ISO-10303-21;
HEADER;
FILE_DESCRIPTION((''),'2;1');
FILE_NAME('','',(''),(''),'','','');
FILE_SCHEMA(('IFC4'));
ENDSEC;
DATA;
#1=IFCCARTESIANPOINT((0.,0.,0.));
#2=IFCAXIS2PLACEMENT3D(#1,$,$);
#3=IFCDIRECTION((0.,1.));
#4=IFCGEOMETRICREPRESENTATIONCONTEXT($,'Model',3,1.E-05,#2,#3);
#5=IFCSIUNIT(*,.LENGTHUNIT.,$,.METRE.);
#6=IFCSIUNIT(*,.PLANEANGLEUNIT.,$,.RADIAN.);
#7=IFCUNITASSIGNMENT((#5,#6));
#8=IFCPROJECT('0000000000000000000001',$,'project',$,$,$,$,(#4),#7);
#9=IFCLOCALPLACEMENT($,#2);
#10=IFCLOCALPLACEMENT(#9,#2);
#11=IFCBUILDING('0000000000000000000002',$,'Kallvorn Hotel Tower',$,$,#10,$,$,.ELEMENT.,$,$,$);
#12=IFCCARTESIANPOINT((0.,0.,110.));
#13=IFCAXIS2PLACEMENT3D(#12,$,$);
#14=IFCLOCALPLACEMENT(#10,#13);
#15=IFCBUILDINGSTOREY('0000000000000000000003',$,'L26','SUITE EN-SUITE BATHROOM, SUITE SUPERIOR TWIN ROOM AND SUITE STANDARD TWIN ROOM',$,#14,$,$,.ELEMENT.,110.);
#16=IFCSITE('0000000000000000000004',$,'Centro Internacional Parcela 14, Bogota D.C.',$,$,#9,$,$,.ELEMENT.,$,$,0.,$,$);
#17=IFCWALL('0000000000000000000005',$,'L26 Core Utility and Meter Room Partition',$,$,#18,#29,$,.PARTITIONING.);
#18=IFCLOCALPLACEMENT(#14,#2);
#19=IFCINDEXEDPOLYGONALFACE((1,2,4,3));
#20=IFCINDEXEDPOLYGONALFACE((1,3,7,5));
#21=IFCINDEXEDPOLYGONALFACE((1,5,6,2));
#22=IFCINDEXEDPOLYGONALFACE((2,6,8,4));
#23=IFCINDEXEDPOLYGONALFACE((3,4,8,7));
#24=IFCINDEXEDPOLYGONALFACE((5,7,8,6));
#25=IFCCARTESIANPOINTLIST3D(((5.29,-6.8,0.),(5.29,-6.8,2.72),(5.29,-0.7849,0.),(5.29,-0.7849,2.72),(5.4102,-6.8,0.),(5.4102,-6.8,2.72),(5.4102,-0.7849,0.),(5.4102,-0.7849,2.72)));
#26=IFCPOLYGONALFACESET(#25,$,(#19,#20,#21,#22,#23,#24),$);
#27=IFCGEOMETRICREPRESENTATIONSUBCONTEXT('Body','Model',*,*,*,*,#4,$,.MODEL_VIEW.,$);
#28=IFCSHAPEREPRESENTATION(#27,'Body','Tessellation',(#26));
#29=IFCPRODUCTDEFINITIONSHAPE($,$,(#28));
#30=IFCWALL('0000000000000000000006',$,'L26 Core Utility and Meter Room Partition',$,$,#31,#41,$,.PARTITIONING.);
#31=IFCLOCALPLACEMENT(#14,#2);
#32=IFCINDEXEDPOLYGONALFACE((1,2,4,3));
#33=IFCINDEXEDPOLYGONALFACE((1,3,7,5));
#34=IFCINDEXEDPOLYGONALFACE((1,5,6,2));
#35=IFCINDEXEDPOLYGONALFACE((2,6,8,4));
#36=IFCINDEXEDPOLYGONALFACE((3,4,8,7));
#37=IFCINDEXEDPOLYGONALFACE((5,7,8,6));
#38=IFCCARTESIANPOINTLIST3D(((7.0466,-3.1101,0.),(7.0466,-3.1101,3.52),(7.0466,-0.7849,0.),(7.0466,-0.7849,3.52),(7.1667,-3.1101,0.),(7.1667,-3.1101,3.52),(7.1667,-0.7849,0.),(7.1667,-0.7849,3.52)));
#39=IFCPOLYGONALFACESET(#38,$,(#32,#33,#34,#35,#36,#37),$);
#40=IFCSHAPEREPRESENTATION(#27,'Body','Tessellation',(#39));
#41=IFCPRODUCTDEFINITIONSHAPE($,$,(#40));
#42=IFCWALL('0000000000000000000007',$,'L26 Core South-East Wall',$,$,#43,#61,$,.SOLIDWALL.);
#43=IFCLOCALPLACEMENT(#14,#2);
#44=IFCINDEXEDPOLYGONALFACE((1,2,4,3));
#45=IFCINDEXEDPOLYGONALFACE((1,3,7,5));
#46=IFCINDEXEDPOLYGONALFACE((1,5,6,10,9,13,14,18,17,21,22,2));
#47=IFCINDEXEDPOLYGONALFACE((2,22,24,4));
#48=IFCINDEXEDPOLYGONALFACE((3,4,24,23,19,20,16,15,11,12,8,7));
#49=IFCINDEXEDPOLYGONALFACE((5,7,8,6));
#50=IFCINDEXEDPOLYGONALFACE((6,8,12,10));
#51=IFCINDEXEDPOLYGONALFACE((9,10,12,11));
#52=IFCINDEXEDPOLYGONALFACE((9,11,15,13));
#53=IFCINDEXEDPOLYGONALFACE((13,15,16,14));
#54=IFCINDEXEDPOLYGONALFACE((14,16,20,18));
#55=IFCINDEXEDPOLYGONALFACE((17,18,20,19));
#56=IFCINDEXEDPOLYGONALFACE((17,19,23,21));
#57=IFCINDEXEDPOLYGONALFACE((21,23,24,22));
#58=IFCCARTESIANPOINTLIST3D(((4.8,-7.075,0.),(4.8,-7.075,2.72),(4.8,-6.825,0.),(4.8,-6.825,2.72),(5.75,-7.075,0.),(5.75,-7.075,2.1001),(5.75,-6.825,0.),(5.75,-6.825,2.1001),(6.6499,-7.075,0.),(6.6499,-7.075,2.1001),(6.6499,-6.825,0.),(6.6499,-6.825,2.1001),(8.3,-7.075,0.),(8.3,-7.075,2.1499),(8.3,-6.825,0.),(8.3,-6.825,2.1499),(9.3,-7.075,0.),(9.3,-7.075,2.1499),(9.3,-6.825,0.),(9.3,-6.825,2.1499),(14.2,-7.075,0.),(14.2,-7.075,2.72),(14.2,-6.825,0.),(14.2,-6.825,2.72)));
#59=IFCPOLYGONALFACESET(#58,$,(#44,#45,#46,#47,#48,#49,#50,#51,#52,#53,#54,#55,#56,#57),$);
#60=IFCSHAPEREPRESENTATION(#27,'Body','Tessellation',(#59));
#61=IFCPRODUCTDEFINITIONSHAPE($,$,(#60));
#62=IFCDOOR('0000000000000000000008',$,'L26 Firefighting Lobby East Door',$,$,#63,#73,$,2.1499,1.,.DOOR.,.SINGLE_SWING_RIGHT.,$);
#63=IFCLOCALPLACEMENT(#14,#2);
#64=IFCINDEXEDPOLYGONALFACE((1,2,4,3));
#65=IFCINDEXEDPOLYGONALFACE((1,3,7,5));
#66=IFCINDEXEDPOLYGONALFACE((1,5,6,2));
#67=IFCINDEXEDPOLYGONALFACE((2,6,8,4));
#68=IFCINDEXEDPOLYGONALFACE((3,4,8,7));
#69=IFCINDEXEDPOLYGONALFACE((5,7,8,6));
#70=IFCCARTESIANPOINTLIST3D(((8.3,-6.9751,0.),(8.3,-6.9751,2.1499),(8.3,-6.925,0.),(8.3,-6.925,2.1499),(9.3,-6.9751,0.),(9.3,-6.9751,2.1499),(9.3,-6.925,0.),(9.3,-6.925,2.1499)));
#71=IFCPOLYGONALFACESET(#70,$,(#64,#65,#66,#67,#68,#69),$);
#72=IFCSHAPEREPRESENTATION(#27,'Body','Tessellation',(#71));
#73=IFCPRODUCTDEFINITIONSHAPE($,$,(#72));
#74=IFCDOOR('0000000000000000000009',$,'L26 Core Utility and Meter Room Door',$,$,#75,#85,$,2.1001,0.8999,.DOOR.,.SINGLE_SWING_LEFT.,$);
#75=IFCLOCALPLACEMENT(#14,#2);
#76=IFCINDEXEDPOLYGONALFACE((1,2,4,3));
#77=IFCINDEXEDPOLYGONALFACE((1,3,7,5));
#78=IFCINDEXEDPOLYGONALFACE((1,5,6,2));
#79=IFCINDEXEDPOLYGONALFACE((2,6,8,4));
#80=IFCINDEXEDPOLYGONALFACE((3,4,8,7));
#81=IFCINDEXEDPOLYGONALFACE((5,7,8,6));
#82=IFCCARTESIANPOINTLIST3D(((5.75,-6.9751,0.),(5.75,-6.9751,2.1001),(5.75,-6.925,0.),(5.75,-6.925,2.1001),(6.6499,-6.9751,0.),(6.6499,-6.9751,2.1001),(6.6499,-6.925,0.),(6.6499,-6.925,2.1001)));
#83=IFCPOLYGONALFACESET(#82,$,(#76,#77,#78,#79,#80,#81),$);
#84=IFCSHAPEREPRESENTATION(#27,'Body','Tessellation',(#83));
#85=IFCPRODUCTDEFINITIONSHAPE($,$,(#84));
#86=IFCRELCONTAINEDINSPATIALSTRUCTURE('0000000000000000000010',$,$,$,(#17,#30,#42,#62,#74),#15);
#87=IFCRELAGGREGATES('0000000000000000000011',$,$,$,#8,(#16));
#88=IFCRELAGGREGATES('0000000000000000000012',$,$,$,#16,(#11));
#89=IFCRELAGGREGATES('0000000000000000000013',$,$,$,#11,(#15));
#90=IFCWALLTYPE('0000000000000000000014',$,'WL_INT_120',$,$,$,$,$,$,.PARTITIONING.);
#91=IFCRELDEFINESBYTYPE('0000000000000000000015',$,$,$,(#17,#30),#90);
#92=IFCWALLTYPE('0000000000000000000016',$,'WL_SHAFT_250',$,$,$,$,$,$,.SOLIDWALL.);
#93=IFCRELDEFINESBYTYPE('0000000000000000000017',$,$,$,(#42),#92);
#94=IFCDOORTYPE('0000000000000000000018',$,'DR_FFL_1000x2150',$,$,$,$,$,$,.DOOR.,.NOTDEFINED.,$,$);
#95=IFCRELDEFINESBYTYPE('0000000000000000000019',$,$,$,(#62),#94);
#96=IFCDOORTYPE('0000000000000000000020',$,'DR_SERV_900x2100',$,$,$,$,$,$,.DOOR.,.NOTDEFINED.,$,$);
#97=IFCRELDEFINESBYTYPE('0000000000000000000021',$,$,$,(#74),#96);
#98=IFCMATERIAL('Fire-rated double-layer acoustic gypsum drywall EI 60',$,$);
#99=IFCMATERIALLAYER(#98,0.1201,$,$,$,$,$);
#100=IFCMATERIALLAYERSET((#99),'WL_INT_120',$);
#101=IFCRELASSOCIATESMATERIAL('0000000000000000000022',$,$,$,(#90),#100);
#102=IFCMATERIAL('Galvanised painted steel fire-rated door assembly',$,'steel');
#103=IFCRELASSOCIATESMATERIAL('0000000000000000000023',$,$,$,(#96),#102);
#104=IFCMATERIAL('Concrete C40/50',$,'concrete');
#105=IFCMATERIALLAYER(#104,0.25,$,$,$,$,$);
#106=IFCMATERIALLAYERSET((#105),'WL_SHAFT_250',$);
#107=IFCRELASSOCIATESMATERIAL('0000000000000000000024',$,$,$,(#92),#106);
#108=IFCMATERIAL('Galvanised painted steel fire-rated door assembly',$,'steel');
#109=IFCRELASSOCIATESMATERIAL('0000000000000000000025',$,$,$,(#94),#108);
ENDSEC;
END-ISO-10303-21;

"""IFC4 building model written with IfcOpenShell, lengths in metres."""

from ifc_helpers import new_model, si_unit, direction, frame, frame_2d, origin, place, context, subcontext, project, spatial, rectangle, extrude, material, layer, layer_set, type_object, element, fill, save


model = new_model("IFC4")

# Units and contexts
model_context = context("Model", 3, precision=1e-05, world=origin(), true_north=direction((0.0, 1.0)))
body_context = subcontext(model_context, "Body", "Model", "MODEL_VIEW")
ifc_project = project(units=[si_unit("LENGTHUNIT", "METRE"), si_unit("PLANEANGLEUNIT", "RADIAN")], contexts=[model_context])

# Site, building, storey
site_placement = place(None, origin())
site = spatial("IfcSite", under=ifc_project, at=site_placement, Name="Centro Internacional Parcela 14, Bogota D.C.", CompositionType="ELEMENT", RefElevation=0.0)
building_placement = place(site_placement, origin())
building = spatial("IfcBuilding", under=site, at=building_placement, Name="Kallvorn Hotel Tower", CompositionType="ELEMENT")
storey_placement = place(building_placement, frame((0.0, 0.0, 110.0)))
storey = spatial("IfcBuildingStorey", under=building, at=storey_placement, Name="L26", Description="SUITE EN-SUITE BATHROOM, SUITE SUPERIOR TWIN ROOM AND SUITE STANDARD TWIN ROOM", CompositionType="ELEMENT", Elevation=110.0)

# Shared definitions
ifc_material_1 = material(Name="Fire-rated double-layer acoustic gypsum drywall EI 60")
ifc_layer_1 = layer(ifc_material_1, 0.1201)
ifc_layer_set_1 = layer_set([ifc_layer_1], Name="WL_INT_120")
wall_type_1 = type_object("IfcWallType", Name="WL_INT_120", PredefinedType="PARTITIONING", material=ifc_layer_set_1)

# Shared definitions
ifc_material_2 = material(Name="Galvanised painted steel fire-rated door assembly", Category="steel")
door_type_1 = type_object("IfcDoorType", Name="DR_SERV_900x2100", OperationType="NOTDEFINED", PredefinedType="DOOR", material=ifc_material_2)

# Walls
wall_1_placement = place(storey_placement, frame((5.3501, -6.8, 0.0), z_axis=(0.0, 0.0, 1.0), x_axis=(0.0, 1.0, 0.0)))
element("IfcWall", 1, at=wall_1_placement, inside=storey, type_object=wall_type_1, Name="L26 Core Utility and Meter Room Partition", PredefinedType="PARTITIONING", context=body_context, shape_type="SweptSolid", body=[
    extrude(rectangle(XDim=6.0151, YDim=0.1201, at=frame_2d((3.0076, 0.0))), origin(), (0.0, 0.0, 1.0), 2.72),
])
wall_2_placement = place(storey_placement, frame((7.1067, -3.1101, 0.0), z_axis=(0.0, 0.0, 1.0), x_axis=(0.0, 1.0, 0.0)))
element("IfcWall", 2, at=wall_2_placement, inside=storey, type_object=wall_type_1, Name="L26 Core Utility and Meter Room Partition", PredefinedType="PARTITIONING", context=body_context, shape_type="SweptSolid", body=[
    extrude(rectangle(XDim=2.3252, YDim=0.1201, at=frame_2d((1.1626, 0.0))), origin(), (0.0, 0.0, 1.0), 3.52),
])

# Wall, openings, doors
ifc_material_3 = material(Name="Concrete C40/50", Category="concrete")
ifc_layer_2 = layer(ifc_material_3, 0.25)
ifc_layer_set_2 = layer_set([ifc_layer_2], Name="WL_SHAFT_250")
wall_type_2 = type_object("IfcWallType", Name="WL_SHAFT_250", PredefinedType="SOLIDWALL", material=ifc_layer_set_2)
wall_3_placement = place(storey_placement, frame((4.8, -6.95, 0.0), z_axis=(0.0, 0.0, 1.0), x_axis=(1.0, 0.0, 0.0)))
wall_3 = element("IfcWall", 3, at=wall_3_placement, inside=storey, type_object=wall_type_2, Name="L26 Core South-East Wall", PredefinedType="SOLIDWALL", context=body_context, shape_type="SweptSolid", body=[
    extrude(rectangle(XDim=9.3999, YDim=0.25, at=frame_2d((4.7, 0.0))), origin(), (0.0, 0.0, 1.0), 2.72),
])
opening_1_placement = place(wall_3_placement, frame((3.5, 0.0, 0.0)))
opening_1 = element("IfcOpeningElement", 4, at=opening_1_placement, cuts=wall_3, PredefinedType="OPENING", context=body_context, shape_type="SweptSolid", body=[
    extrude(rectangle(XDim=1.0, YDim=2.1499, at=frame_2d((0.5, 1.075))), frame((0.0, 0.1399, 0.0), z_axis=(0.0, -1.0, 0.0), x_axis=(1.0, 0.0, 0.0)), (0.0, 0.0, 1.0), 0.28),
])
opening_2_placement = place(wall_3_placement, frame((0.95, 0.0, 0.0)))
opening_2 = element("IfcOpeningElement", 5, at=opening_2_placement, cuts=wall_3, PredefinedType="OPENING", context=body_context, shape_type="SweptSolid", body=[
    extrude(rectangle(XDim=0.8999, YDim=2.1001, at=frame_2d((0.45, 1.05))), frame((0.0, 0.1399, 0.0), z_axis=(0.0, -1.0, 0.0), x_axis=(1.0, 0.0, 0.0)), (0.0, 0.0, 1.0), 0.28),
])
ifc_material_4 = material(Name="Galvanised painted steel fire-rated door assembly", Category="steel")
door_type_2 = type_object("IfcDoorType", Name="DR_FFL_1000x2150", OperationType="NOTDEFINED", PredefinedType="DOOR", material=ifc_material_4)
door_1_placement = place(opening_1_placement, origin())
door_1 = element("IfcDoor", 6, at=door_1_placement, inside=storey, type_object=door_type_2, Name="L26 Firefighting Lobby East Door", OperationType="SINGLE_SWING_RIGHT", OverallHeight=2.1499, OverallWidth=1.0, PredefinedType="DOOR", context=body_context, shape_type="SweptSolid", body=[
    extrude(rectangle(XDim=1.0, YDim=2.1499, at=frame_2d((0.5, 1.075))), frame((0.0, 0.0249, 0.0), z_axis=(0.0, -1.0, 0.0), x_axis=(1.0, 0.0, 0.0)), (0.0, 0.0, 1.0), 0.05),
])
fill(opening_1, door_1)
door_2_placement = place(opening_2_placement, origin())
door_2 = element("IfcDoor", 7, at=door_2_placement, inside=storey, type_object=door_type_1, Name="L26 Core Utility and Meter Room Door", OperationType="SINGLE_SWING_LEFT", OverallHeight=2.1001, OverallWidth=0.8999, PredefinedType="DOOR", context=body_context, shape_type="SweptSolid", body=[
    extrude(rectangle(XDim=0.8999, YDim=2.1001, at=frame_2d((0.45, 1.05))), frame((0.0, 0.0249, 0.0), z_axis=(0.0, -1.0, 0.0), x_axis=(1.0, 0.0, 0.0)), (0.0, 0.0, 1.0), 0.05),
])
fill(opening_2, door_2)

save(model, "model.ifc")
